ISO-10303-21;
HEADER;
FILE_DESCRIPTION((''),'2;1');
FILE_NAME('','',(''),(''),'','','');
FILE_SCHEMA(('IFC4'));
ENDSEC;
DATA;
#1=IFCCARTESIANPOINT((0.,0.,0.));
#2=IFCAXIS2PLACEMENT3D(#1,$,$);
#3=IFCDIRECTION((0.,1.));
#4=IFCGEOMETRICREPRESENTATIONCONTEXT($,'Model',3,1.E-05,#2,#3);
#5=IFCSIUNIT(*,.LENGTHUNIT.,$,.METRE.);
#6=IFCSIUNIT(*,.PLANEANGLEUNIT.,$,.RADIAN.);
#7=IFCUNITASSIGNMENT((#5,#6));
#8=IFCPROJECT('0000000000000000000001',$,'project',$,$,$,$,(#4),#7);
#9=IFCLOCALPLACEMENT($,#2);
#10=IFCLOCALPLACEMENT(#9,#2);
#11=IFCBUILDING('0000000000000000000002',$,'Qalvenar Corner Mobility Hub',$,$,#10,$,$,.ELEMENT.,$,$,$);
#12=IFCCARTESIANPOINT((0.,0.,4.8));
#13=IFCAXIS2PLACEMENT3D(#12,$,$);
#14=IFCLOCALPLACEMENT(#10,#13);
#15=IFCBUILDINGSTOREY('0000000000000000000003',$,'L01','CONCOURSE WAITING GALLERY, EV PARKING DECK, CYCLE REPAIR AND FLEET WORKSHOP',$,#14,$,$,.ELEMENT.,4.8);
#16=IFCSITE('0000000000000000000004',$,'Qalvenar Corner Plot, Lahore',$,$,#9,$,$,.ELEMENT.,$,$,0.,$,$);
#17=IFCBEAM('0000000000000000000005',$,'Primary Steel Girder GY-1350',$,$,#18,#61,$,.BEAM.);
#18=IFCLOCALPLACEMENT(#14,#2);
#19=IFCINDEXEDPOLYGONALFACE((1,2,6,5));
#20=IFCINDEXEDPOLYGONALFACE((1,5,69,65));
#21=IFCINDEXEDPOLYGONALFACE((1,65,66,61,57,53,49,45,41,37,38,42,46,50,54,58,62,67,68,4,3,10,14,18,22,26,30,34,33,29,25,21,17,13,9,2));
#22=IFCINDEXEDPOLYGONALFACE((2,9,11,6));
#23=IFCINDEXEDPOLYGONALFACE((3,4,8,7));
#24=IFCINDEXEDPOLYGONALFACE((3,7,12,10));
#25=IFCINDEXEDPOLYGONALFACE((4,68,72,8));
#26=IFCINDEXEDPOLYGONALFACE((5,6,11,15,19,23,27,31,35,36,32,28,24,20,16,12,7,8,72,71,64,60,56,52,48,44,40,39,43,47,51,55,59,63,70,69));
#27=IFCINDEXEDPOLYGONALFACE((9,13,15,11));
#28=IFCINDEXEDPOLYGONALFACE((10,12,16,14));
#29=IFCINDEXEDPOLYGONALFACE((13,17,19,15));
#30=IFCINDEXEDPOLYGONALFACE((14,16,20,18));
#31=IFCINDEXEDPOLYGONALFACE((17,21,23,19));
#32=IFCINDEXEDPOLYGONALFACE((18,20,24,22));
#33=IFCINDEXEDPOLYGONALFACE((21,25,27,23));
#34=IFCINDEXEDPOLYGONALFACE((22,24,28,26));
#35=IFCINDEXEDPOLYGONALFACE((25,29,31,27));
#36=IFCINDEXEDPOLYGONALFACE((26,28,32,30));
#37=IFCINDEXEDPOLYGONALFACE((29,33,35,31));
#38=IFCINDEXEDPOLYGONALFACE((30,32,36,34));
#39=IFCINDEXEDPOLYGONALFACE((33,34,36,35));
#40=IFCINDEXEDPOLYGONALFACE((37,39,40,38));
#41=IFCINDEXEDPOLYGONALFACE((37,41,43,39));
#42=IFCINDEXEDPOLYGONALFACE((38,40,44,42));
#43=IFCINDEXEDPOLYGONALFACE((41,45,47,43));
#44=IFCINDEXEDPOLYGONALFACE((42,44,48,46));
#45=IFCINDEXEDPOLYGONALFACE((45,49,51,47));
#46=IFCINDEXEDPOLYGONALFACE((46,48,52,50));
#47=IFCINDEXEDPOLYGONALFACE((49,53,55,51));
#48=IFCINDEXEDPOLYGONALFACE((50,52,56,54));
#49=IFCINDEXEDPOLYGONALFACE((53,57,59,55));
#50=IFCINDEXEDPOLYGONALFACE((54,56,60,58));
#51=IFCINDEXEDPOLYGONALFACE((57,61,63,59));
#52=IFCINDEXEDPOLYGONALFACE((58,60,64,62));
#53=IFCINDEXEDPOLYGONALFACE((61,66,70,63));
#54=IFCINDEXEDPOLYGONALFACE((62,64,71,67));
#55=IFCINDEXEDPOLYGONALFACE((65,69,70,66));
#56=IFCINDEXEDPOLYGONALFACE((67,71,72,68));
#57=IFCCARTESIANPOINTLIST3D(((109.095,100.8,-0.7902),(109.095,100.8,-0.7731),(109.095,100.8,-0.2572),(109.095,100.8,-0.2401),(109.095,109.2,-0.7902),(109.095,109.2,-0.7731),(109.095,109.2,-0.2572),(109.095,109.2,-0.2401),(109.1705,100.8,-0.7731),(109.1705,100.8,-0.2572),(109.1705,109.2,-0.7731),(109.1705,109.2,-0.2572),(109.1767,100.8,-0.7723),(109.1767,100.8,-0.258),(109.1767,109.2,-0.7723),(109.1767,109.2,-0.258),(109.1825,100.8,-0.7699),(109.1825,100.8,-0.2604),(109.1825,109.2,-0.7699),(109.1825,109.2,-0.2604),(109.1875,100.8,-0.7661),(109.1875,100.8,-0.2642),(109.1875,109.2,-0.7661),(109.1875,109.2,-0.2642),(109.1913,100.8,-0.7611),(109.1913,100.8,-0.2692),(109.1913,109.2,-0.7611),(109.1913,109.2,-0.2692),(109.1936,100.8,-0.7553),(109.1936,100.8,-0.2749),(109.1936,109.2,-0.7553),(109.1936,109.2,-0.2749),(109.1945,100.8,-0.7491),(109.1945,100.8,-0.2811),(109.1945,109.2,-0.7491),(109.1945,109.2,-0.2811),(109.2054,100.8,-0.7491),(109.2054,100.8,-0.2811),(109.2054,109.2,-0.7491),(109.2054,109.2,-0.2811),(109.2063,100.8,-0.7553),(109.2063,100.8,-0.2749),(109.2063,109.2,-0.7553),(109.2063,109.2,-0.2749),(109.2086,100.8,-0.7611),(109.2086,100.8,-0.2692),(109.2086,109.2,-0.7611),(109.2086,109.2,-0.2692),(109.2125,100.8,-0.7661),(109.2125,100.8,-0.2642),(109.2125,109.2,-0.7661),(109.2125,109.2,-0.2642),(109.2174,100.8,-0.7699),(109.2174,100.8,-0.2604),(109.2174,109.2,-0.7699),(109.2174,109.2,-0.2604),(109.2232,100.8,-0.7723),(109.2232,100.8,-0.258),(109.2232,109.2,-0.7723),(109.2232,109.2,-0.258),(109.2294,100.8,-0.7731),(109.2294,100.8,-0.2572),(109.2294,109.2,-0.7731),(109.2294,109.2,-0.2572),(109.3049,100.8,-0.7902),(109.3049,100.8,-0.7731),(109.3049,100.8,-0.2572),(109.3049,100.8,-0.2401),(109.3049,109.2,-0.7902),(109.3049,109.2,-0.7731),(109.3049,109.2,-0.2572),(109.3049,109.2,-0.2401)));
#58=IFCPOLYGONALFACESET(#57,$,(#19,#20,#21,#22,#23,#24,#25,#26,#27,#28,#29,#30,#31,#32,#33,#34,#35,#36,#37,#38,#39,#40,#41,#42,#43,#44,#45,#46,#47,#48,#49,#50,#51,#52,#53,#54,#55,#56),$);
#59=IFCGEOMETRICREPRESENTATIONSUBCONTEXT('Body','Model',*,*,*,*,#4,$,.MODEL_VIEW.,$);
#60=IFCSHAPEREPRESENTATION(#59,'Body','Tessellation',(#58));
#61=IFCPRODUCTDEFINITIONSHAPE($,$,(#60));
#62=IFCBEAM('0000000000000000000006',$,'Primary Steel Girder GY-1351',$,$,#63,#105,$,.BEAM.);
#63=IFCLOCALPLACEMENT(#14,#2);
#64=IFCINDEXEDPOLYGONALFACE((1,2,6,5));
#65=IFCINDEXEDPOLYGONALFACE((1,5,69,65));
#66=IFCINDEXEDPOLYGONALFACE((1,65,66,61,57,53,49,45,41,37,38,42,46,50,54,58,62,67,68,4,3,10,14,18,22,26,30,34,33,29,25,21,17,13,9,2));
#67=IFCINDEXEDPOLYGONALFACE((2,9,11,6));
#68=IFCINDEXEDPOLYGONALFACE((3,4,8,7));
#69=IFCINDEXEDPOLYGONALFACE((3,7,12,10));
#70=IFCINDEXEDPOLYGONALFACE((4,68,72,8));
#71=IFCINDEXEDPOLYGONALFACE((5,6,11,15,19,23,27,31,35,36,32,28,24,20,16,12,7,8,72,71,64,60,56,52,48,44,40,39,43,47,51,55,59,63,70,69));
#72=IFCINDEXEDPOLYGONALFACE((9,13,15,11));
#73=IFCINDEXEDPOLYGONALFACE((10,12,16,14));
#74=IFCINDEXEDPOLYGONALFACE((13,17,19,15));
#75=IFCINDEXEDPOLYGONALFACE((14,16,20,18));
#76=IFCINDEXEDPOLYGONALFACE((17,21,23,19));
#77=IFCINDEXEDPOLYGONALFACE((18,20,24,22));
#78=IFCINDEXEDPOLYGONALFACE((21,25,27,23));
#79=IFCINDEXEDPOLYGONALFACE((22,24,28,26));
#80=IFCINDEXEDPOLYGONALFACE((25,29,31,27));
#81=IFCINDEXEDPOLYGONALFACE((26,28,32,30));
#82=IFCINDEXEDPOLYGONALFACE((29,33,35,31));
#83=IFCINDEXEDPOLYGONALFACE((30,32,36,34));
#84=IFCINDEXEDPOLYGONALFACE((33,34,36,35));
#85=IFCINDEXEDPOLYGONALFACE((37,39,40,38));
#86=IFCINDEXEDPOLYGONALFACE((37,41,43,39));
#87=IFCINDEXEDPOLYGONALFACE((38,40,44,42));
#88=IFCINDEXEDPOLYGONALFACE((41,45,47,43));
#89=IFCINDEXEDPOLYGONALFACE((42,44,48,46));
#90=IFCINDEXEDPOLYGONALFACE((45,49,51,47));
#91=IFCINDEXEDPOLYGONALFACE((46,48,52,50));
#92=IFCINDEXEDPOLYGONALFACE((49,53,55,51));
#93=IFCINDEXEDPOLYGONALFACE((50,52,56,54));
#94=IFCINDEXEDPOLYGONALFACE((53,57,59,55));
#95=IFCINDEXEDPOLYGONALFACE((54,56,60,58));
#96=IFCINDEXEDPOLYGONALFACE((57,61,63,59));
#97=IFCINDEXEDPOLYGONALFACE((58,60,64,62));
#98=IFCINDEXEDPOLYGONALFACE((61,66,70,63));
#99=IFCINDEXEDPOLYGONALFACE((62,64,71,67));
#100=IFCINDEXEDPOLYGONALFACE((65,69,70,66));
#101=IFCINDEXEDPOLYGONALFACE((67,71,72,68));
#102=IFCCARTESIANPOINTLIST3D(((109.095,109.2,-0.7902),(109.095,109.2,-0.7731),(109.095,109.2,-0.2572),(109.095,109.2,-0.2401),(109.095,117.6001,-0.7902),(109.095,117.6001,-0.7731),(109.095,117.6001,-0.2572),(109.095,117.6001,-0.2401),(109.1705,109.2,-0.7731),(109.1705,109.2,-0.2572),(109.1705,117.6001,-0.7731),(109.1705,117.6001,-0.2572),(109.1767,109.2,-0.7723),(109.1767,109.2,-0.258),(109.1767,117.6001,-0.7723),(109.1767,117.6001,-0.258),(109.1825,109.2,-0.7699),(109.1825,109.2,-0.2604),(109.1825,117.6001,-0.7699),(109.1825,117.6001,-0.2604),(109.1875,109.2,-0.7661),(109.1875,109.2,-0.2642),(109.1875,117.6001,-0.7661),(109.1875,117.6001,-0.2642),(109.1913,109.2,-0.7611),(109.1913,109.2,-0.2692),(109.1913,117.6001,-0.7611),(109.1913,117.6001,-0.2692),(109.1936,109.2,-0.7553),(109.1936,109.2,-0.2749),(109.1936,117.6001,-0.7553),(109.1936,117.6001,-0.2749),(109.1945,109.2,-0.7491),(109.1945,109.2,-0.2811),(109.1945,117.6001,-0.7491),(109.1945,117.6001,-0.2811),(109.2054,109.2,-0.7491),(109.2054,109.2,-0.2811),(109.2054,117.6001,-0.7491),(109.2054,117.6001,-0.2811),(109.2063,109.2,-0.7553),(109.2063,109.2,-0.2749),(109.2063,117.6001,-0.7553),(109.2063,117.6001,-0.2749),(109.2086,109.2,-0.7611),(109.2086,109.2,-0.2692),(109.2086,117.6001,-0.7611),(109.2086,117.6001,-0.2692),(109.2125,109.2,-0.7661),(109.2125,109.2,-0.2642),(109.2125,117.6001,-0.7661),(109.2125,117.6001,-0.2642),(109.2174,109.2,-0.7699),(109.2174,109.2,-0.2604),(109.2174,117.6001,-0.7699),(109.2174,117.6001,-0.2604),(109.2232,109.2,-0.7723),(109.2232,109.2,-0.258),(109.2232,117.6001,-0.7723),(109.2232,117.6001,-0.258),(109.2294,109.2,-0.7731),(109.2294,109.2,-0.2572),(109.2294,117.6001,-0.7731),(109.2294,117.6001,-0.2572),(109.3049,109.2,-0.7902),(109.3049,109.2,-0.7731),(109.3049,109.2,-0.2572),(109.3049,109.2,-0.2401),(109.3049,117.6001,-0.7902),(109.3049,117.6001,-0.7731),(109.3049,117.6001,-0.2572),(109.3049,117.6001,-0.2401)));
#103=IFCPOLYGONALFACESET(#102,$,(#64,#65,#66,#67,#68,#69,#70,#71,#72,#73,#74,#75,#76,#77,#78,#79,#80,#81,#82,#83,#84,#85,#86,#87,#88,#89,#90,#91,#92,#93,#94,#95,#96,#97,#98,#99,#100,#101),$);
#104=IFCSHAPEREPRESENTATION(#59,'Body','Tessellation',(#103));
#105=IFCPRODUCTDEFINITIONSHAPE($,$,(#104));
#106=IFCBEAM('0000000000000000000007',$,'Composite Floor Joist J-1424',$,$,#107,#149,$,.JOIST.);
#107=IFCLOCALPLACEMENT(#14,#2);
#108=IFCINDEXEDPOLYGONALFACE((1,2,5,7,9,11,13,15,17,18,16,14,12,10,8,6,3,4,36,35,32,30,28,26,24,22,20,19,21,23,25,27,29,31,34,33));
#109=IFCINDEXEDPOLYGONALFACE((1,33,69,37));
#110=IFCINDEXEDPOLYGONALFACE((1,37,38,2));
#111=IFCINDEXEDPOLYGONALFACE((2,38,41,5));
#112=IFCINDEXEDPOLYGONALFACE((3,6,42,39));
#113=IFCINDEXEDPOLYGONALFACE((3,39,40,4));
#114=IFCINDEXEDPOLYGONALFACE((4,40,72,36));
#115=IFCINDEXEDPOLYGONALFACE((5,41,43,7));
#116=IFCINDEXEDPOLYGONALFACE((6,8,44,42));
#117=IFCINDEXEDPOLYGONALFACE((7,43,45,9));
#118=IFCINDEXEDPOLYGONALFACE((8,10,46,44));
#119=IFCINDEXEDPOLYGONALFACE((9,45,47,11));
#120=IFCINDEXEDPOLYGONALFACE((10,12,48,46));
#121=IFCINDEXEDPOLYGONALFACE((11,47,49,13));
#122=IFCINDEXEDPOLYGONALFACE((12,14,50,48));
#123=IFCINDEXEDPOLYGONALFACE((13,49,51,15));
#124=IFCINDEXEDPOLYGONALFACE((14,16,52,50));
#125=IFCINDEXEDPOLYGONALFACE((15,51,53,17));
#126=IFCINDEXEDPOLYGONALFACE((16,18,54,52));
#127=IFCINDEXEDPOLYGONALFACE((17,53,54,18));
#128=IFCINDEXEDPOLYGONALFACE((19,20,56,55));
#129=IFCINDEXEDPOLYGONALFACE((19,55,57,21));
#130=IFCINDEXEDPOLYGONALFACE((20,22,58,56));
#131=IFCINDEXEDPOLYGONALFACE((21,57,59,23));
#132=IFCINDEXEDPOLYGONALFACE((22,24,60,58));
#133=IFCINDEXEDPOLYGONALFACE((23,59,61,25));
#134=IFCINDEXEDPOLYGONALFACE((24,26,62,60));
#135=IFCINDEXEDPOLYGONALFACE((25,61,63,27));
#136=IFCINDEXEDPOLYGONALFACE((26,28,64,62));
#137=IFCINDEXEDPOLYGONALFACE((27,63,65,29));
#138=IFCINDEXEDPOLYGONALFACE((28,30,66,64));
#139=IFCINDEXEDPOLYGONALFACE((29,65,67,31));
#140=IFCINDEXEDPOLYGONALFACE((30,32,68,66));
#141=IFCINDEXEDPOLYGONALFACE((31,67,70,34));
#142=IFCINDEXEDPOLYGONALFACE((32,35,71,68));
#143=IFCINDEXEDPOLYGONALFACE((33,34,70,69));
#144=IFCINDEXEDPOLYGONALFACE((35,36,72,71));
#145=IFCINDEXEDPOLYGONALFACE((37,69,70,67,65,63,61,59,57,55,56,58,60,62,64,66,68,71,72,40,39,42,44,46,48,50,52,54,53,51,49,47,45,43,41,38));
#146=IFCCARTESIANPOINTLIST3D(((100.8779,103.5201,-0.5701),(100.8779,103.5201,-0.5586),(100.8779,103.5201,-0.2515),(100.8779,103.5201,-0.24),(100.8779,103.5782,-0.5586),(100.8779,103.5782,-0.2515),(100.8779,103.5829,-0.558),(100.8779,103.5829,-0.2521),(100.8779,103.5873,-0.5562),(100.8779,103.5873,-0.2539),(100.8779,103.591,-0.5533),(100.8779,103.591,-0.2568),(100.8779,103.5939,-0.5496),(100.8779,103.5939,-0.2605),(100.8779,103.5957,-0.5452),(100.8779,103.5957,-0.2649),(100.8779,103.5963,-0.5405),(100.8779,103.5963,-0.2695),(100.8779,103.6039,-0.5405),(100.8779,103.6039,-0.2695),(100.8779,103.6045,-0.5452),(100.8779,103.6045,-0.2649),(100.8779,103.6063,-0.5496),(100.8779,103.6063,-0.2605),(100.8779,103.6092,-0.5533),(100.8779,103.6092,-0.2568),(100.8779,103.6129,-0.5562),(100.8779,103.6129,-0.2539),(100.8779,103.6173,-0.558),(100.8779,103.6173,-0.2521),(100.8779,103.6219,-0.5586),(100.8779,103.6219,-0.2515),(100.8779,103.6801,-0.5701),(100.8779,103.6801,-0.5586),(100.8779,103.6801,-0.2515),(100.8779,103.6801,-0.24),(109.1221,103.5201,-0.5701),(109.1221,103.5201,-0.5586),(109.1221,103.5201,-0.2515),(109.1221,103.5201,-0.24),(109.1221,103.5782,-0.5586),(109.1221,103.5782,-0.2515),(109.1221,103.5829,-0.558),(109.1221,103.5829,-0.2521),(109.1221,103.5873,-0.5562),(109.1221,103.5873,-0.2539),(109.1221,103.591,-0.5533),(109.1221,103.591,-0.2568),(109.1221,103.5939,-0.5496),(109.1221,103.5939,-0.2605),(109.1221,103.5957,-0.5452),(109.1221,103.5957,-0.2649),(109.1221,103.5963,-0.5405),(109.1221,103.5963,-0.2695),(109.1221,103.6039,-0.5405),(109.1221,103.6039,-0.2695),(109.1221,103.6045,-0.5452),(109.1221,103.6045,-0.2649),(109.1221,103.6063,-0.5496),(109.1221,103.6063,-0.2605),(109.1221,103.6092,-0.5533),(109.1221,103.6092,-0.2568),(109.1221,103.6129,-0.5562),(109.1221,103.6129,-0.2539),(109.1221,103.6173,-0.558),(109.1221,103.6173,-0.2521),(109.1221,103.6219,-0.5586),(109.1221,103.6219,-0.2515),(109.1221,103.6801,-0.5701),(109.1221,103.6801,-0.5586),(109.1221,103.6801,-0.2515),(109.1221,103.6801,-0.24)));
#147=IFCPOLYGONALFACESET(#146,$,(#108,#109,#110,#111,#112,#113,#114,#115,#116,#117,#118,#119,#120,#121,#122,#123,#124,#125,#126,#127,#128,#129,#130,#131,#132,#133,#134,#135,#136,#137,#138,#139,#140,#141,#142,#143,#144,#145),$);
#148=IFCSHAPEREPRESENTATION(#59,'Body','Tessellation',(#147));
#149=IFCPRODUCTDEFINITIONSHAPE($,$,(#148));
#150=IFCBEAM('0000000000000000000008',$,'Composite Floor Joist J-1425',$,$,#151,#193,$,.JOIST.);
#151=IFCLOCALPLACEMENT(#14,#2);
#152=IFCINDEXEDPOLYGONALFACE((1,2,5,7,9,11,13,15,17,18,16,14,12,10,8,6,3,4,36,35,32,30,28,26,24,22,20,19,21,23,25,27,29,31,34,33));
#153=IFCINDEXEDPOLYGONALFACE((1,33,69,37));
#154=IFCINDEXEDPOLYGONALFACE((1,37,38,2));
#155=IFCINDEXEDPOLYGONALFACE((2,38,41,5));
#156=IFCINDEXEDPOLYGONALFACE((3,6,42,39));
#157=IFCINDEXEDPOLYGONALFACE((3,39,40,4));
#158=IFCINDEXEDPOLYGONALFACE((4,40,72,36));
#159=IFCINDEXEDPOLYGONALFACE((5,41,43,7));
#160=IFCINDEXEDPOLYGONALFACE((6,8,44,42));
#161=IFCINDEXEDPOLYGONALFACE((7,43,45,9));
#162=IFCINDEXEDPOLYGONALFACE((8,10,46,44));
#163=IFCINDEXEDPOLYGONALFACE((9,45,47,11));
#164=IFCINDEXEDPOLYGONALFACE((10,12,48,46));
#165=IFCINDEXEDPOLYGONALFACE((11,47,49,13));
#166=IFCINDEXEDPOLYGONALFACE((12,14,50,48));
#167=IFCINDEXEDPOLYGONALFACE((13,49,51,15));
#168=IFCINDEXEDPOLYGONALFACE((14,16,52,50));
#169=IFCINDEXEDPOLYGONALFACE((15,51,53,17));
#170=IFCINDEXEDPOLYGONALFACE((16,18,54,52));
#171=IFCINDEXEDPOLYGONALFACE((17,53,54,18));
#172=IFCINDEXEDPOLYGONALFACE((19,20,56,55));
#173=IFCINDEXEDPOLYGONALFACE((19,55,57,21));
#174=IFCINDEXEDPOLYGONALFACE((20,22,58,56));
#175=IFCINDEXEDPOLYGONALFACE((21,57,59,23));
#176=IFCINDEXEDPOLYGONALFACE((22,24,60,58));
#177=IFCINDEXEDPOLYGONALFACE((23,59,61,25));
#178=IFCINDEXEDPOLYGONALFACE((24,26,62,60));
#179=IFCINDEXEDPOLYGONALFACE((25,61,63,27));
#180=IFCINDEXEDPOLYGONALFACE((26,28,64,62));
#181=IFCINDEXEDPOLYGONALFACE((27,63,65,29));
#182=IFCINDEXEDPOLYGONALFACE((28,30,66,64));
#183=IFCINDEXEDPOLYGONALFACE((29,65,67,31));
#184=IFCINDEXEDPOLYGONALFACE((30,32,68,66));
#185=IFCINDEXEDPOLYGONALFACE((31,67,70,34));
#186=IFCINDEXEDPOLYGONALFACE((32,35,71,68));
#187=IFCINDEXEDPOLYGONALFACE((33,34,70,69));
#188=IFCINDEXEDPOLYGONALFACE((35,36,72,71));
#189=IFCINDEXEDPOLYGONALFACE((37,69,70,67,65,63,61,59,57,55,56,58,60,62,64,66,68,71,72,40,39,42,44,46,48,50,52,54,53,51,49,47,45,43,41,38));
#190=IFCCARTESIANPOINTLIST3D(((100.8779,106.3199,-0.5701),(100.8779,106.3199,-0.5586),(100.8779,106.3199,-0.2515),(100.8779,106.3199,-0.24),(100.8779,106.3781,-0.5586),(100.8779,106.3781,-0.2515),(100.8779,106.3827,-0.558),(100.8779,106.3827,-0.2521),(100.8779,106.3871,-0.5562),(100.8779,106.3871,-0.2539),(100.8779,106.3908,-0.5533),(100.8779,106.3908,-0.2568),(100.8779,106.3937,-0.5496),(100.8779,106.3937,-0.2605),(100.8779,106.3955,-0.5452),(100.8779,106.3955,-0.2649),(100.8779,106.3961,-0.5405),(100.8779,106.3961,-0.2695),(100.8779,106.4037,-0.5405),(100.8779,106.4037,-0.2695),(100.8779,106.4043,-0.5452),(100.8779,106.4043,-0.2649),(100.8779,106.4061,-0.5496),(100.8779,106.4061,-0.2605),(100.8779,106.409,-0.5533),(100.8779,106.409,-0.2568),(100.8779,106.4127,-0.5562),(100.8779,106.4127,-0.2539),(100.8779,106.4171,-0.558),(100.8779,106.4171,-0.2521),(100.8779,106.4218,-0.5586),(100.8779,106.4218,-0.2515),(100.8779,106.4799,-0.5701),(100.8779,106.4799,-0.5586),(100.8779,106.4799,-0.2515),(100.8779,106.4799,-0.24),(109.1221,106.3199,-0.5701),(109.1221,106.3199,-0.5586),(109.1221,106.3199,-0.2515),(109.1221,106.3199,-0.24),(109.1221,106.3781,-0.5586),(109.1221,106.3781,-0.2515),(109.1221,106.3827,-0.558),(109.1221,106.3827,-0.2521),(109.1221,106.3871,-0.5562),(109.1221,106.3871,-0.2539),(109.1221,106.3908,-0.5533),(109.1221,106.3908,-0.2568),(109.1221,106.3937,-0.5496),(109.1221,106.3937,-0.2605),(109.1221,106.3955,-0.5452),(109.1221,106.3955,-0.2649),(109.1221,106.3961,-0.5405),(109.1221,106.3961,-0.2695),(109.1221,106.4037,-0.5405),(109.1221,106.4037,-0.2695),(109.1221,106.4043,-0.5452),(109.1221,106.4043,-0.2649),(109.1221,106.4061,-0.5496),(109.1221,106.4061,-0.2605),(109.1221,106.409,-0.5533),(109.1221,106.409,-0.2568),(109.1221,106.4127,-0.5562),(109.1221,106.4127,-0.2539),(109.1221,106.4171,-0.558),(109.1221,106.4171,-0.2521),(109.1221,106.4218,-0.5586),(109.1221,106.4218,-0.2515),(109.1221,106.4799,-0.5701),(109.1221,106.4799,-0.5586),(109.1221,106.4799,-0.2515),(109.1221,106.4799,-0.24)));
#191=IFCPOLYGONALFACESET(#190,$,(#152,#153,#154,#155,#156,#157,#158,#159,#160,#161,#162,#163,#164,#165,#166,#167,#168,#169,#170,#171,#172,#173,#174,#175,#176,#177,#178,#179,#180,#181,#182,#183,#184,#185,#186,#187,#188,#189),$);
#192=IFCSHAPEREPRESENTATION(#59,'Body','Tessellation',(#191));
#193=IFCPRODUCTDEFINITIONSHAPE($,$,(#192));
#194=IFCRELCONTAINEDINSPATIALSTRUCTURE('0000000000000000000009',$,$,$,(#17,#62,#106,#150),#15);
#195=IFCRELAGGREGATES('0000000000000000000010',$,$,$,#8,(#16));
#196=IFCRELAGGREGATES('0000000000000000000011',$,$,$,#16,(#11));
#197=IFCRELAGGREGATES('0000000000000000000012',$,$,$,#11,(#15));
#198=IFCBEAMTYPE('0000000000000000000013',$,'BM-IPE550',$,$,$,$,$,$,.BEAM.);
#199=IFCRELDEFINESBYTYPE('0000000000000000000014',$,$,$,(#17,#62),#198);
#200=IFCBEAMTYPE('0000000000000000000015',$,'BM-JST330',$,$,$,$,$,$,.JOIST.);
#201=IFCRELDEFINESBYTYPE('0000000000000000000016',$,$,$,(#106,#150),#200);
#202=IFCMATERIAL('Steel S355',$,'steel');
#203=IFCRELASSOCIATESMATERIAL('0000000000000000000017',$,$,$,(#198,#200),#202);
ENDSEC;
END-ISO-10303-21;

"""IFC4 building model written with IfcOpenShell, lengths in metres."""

from ifc_helpers import new_model, si_unit, direction, frame, origin, origin_2d, place, context, subcontext, project, spatial, i_section, extrude, material, material_profile, profile_set, type_object, element, save


model = new_model("IFC4")

# Units and contexts
model_context = context("Model", 3, precision=1e-05, world=origin(), true_north=direction((0.0, 1.0)))
body_context = subcontext(model_context, "Body", "Model", "MODEL_VIEW")
ifc_project = project(units=[si_unit("LENGTHUNIT", "METRE"), si_unit("PLANEANGLEUNIT", "RADIAN")], contexts=[model_context])

# Site, building, storey
site_placement = place(None, origin())
site = spatial("IfcSite", under=ifc_project, at=site_placement, Name="Qalvenar Corner Plot, Lahore", CompositionType="ELEMENT", RefElevation=0.0)
building_placement = place(site_placement, origin())
building = spatial("IfcBuilding", under=site, at=building_placement, Name="Qalvenar Corner Mobility Hub", CompositionType="ELEMENT")
storey_placement = place(building_placement, frame((0.0, 0.0, 4.8)))
storey = spatial("IfcBuildingStorey", under=building, at=storey_placement, Name="L01", Description="CONCOURSE WAITING GALLERY, EV PARKING DECK, CYCLE REPAIR AND FLEET WORKSHOP", CompositionType="ELEMENT", Elevation=4.8)

# Shared definitions
ifc_material = material(Name="Steel S355", Category="steel")

# Beams
ifc_material_profile_1 = material_profile(ifc_material, i_section(OverallWidth=0.21, OverallDepth=0.55, WebThickness=0.011, FlangeThickness=0.0171, FilletRadius=0.0239, at=origin_2d()), Name="IPE550")
ifc_profile_set_1 = profile_set([ifc_material_profile_1], Name="Steel S355")
beam_type_1 = type_object("IfcBeamType", Name="BM-IPE550", PredefinedType="BEAM", material=ifc_profile_set_1)
beam_1_placement = place(storey_placement, frame((109.2, 100.8, -0.5151), z_axis=(0.0, 1.0, 0.0), x_axis=(-1.0, 0.0, 0.0)))
element("IfcBeam", 1, at=beam_1_placement, inside=storey, type_object=beam_type_1, Name="Primary Steel Girder GY-1350", PredefinedType="BEAM", context=body_context, shape_type="SweptSolid", body=[
    extrude(i_section(OverallWidth=0.21, OverallDepth=0.55, WebThickness=0.011, FlangeThickness=0.0171, FilletRadius=0.0239, at=origin_2d()), origin(), (0.0, 0.0, 1.0), 8.3999),
])
beam_2_placement = place(storey_placement, frame((109.2, 109.2, -0.5151), z_axis=(0.0, 1.0, 0.0), x_axis=(-1.0, 0.0, 0.0)))
element("IfcBeam", 2, at=beam_2_placement, inside=storey, type_object=beam_type_1, Name="Primary Steel Girder GY-1351", PredefinedType="BEAM", context=body_context, shape_type="SweptSolid", body=[
    extrude(i_section(OverallWidth=0.21, OverallDepth=0.55, WebThickness=0.011, FlangeThickness=0.0171, FilletRadius=0.0239, at=origin_2d()), origin(), (0.0, 0.0, 1.0), 8.4001),
])
ifc_material_profile_2 = material_profile(ifc_material, i_section(OverallWidth=0.1599, OverallDepth=0.3301, WebThickness=0.0076, FlangeThickness=0.0115, FilletRadius=0.0181, at=origin_2d()), Name="IPE330")
ifc_profile_set_2 = profile_set([ifc_material_profile_2], Name="Steel S355")
beam_type_2 = type_object("IfcBeamType", Name="BM-JST330", PredefinedType="JOIST", material=ifc_profile_set_2)
for number, where, z_axis, x_axis, name in (
    (3, (100.8779, 103.6001, -0.405), (1.0, 0.0, 0.0), (0.0, 1.0, 0.0), "Composite Floor Joist J-1424"),
    (4, (100.8779, 106.3999, -0.405), (1.0, 0.0, 0.0), (0.0, 1.0, 0.0), "Composite Floor Joist J-1425"),
):
    element("IfcBeam", number, at=place(storey_placement, frame(where, z_axis=z_axis, x_axis=x_axis)), inside=storey, type_object=beam_type_2, Name=name, PredefinedType="JOIST", context=body_context, shape_type="SweptSolid", body=[
        extrude(i_section(OverallWidth=0.1599, OverallDepth=0.3301, WebThickness=0.0076, FlangeThickness=0.0115, FilletRadius=0.0181, at=origin_2d()), origin(), (0.0, 0.0, 1.0), 8.2441),
    ])

save(model, "model.ifc")
